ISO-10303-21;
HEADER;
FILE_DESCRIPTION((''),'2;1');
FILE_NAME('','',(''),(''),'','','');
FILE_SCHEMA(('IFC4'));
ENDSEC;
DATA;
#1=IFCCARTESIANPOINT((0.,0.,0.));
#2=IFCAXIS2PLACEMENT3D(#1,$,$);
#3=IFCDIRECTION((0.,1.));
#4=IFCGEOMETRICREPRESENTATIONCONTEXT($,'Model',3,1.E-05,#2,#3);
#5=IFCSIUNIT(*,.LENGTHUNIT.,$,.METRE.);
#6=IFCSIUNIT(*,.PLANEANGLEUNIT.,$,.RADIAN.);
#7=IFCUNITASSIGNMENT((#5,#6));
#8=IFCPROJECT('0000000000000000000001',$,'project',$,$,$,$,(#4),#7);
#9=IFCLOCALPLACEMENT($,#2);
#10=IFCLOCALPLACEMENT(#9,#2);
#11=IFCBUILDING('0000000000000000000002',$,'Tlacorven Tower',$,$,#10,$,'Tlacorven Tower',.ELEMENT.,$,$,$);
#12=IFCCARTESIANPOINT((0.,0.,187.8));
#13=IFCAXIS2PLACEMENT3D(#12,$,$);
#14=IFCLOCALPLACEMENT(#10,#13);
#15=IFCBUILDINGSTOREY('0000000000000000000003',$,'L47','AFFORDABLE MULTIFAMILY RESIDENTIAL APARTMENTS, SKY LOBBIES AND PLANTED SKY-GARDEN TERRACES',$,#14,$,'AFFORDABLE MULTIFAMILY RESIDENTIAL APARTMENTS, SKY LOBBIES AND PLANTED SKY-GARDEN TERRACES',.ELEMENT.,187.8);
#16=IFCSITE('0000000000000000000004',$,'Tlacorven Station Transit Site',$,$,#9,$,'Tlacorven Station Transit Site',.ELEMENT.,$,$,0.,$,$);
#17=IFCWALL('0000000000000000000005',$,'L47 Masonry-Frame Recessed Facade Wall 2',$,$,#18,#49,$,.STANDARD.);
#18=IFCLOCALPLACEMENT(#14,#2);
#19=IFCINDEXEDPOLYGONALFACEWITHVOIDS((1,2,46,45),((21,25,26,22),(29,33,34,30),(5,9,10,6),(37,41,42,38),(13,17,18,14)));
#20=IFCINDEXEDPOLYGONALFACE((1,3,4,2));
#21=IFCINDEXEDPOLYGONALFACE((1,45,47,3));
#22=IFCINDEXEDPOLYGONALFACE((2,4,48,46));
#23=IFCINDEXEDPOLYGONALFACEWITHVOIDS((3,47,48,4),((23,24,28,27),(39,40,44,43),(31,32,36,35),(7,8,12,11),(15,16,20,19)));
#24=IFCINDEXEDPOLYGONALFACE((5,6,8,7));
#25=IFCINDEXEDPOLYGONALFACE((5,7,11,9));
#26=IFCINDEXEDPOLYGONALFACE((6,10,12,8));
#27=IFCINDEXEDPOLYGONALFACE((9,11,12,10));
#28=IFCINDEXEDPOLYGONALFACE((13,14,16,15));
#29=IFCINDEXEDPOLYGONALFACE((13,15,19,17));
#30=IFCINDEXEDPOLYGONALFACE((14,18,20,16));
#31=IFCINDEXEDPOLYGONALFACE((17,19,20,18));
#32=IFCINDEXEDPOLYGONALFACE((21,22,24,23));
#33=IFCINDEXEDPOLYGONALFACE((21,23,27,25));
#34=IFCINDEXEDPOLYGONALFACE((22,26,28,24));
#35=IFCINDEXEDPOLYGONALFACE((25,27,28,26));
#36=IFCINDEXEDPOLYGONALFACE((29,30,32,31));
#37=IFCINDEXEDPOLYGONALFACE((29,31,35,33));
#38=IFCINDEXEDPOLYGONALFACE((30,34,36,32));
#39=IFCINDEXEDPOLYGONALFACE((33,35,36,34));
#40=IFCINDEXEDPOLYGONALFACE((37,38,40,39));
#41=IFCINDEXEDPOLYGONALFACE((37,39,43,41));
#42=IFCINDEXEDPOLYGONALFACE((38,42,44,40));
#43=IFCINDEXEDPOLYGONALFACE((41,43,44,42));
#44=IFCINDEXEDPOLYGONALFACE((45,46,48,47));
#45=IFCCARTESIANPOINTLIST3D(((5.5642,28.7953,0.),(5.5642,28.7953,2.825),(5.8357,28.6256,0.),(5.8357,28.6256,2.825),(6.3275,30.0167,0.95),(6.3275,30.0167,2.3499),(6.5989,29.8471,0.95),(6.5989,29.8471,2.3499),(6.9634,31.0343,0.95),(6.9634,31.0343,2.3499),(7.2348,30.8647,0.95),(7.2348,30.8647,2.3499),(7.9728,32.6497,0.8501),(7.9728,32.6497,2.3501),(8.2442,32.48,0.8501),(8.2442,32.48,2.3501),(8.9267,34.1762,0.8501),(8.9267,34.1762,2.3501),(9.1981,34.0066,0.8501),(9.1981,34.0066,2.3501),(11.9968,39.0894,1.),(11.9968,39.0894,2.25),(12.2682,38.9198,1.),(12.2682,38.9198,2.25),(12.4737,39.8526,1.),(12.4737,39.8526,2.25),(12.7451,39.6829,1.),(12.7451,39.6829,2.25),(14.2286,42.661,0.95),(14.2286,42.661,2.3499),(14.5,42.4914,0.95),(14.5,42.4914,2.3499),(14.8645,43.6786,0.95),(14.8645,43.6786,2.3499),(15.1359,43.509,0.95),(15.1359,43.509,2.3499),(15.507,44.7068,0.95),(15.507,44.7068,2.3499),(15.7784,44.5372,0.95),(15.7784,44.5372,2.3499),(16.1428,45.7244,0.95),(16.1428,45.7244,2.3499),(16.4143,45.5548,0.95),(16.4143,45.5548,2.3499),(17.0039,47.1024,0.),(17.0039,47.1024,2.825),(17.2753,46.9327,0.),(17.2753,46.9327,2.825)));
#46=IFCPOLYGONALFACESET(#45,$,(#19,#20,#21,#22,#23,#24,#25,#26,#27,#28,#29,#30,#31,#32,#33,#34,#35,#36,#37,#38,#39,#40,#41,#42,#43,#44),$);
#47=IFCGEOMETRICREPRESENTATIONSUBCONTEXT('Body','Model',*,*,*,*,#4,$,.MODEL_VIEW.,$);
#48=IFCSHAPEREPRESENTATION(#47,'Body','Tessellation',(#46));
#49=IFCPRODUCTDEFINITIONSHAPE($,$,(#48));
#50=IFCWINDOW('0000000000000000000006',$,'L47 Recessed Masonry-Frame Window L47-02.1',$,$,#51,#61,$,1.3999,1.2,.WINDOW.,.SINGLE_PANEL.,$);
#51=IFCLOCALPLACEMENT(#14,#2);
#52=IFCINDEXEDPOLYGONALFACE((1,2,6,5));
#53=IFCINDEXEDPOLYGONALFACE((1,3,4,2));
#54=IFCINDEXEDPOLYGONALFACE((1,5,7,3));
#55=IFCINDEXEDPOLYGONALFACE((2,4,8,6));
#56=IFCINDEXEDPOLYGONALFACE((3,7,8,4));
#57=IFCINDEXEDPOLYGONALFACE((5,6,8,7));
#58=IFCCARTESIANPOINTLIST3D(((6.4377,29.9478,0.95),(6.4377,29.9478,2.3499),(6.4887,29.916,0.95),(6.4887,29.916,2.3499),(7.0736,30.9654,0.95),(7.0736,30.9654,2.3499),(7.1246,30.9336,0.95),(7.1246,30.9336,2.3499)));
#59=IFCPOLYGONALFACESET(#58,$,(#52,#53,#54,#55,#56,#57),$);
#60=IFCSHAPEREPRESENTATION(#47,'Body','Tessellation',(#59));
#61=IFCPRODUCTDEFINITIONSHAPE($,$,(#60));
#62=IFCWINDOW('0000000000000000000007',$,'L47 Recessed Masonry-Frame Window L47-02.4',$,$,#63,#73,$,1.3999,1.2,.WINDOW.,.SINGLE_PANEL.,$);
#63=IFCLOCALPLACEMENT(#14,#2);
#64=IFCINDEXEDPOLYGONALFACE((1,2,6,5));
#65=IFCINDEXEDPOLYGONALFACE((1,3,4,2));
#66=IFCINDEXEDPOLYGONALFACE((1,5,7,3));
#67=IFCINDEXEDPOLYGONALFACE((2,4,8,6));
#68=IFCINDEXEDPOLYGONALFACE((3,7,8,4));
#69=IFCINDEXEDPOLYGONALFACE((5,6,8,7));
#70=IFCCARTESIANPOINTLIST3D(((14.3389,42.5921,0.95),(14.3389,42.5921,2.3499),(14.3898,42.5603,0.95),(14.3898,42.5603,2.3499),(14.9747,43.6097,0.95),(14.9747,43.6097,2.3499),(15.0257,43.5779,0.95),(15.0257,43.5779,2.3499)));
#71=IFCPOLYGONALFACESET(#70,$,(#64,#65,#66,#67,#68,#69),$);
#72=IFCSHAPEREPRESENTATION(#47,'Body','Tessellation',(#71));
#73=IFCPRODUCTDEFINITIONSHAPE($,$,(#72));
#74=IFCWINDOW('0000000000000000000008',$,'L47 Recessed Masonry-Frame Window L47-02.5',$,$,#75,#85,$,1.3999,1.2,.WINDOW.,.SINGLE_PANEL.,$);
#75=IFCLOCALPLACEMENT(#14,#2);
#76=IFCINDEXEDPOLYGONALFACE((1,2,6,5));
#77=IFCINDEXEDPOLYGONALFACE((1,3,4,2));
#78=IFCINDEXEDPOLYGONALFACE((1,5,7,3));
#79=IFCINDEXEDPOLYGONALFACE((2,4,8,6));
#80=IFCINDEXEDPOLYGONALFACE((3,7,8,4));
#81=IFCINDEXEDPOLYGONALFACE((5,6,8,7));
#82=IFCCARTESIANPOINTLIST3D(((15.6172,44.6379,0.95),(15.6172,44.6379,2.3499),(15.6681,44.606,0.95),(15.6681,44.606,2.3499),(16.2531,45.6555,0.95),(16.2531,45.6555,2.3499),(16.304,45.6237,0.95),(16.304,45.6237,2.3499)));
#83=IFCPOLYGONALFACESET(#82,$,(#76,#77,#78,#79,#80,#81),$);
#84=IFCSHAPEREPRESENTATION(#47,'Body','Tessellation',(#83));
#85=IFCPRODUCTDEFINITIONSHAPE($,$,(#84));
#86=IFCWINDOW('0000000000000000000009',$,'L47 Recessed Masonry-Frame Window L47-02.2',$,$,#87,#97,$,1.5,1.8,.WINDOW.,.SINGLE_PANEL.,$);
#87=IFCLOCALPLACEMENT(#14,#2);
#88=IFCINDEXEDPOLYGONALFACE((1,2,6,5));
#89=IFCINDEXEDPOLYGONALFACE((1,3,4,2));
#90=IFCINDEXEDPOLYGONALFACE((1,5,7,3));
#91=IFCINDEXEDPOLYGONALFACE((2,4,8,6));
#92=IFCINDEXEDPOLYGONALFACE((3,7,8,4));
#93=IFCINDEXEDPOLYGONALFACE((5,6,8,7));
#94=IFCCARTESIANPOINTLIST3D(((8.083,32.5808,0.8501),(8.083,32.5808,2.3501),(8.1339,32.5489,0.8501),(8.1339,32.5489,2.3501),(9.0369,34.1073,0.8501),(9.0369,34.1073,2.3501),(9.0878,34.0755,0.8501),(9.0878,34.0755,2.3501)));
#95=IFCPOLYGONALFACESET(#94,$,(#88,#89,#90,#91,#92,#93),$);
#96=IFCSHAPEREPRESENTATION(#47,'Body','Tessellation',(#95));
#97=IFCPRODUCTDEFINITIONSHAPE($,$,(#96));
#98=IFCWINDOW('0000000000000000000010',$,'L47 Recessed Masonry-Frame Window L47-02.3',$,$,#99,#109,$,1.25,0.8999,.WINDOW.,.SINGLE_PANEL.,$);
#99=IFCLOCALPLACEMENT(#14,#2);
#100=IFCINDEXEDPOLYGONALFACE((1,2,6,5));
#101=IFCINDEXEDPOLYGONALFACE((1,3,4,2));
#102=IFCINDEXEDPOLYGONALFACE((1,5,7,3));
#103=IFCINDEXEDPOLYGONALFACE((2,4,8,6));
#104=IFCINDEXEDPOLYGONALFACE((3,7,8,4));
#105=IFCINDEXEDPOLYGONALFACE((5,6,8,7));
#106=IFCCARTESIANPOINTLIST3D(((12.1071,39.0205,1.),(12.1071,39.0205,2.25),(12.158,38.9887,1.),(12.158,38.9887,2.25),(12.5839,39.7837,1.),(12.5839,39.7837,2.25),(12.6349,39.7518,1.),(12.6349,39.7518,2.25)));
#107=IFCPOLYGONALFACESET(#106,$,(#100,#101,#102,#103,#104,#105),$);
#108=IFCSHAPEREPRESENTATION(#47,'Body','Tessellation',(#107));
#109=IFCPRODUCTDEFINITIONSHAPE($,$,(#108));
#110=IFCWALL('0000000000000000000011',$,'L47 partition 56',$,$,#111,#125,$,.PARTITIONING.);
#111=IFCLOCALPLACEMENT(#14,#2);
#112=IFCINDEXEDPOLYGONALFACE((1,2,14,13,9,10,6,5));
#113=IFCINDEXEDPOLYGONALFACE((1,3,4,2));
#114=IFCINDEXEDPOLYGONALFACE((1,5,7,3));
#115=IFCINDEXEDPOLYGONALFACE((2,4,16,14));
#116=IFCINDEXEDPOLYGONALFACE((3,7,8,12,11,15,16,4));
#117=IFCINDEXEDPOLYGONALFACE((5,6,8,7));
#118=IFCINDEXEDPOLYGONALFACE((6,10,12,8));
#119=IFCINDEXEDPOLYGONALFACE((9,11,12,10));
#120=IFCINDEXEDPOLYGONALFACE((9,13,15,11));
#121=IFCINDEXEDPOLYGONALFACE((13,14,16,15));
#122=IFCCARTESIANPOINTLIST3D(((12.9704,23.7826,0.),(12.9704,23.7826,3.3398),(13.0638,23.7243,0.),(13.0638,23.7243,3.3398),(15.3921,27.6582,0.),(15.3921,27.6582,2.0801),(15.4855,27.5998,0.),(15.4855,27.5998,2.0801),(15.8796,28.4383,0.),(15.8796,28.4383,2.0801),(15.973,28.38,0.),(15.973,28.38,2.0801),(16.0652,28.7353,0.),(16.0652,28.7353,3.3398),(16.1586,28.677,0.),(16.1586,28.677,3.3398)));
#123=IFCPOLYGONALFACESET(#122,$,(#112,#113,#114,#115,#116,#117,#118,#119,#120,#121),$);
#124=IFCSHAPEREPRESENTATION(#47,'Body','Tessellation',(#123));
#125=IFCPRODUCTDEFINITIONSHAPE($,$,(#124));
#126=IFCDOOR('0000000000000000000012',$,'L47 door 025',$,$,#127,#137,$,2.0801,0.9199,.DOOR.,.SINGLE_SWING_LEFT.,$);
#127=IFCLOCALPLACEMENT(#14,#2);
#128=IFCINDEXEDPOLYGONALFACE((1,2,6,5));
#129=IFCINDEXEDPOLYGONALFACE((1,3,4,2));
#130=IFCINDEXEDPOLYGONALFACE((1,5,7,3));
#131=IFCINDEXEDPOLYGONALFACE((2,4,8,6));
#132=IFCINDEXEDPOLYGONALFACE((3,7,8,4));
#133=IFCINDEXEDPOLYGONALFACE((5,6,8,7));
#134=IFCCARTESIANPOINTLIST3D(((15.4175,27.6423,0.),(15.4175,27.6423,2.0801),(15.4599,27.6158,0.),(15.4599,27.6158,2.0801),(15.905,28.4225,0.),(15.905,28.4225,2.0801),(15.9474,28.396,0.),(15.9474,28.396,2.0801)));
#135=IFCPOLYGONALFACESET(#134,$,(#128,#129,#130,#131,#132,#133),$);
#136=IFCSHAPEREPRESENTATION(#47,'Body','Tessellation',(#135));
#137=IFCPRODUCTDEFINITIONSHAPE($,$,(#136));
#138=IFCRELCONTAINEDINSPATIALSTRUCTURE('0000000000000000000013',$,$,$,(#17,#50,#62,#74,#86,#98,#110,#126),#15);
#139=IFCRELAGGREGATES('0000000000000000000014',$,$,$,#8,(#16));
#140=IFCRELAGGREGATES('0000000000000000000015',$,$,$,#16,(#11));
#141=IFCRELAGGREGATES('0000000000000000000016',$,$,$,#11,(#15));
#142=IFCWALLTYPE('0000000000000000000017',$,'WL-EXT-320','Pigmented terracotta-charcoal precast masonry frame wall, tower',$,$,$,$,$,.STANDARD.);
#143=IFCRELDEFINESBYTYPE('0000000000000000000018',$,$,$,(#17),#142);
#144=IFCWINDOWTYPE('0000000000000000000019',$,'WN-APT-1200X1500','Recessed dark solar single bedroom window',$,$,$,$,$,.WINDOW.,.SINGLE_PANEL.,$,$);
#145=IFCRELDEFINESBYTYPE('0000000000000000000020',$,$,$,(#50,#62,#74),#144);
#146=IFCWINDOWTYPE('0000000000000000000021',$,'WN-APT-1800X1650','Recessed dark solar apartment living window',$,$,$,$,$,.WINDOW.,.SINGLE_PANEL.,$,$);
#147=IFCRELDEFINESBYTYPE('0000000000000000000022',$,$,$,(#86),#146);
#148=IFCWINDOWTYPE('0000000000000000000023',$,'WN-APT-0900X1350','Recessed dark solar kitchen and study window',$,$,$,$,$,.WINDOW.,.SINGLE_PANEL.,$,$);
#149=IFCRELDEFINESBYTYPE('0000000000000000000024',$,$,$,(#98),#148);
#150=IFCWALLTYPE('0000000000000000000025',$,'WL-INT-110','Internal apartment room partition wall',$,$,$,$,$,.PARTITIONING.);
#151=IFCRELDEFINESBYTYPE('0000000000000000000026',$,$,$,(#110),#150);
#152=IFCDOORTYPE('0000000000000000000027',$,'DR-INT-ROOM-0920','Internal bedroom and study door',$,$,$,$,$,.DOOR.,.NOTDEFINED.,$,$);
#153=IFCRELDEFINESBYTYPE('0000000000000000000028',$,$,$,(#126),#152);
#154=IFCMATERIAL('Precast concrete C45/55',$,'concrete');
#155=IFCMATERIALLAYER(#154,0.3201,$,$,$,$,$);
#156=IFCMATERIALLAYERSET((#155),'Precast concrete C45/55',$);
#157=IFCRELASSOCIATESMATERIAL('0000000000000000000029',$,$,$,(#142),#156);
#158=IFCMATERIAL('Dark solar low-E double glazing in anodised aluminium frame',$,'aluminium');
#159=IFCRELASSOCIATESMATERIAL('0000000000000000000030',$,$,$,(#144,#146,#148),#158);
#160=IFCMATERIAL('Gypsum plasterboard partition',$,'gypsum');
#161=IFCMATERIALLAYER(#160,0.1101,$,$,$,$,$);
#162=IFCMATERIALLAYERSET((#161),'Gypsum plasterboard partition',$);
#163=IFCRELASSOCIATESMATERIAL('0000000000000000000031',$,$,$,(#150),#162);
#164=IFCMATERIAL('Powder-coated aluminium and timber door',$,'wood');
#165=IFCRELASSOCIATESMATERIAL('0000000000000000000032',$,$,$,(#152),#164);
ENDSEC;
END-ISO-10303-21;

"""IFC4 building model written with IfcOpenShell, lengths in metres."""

from ifc_helpers import new_model, si_unit, direction, frame, frame_2d, origin, place, context, subcontext, project, spatial, rectangle, extrude, source, transform, mapped, material, layer, layer_set, type_object, element, fill, save


model = new_model("IFC4")

# Units and contexts
model_context = context("Model", 3, precision=1e-05, world=origin(), true_north=direction((0.0, 1.0)))
body_context = subcontext(model_context, "Body", "Model", "MODEL_VIEW")
ifc_project = project(units=[si_unit("LENGTHUNIT", "METRE"), si_unit("PLANEANGLEUNIT", "RADIAN")], contexts=[model_context])

# Site, building, storey
site_placement = place(None, origin())
site = spatial("IfcSite", under=ifc_project, at=site_placement, Name="Tlacorven Station Transit Site", LongName="Tlacorven Station Transit Site", CompositionType="ELEMENT", RefElevation=0.0)
building_placement = place(site_placement, origin())
building = spatial("IfcBuilding", under=site, at=building_placement, Name="Tlacorven Tower", LongName="Tlacorven Tower", CompositionType="ELEMENT")
storey_placement = place(building_placement, frame((0.0, 0.0, 187.8)))
storey = spatial("IfcBuildingStorey", under=building, at=storey_placement, Name="L47", Description="AFFORDABLE MULTIFAMILY RESIDENTIAL APARTMENTS, SKY LOBBIES AND PLANTED SKY-GARDEN TERRACES", LongName="AFFORDABLE MULTIFAMILY RESIDENTIAL APARTMENTS, SKY LOBBIES AND PLANTED SKY-GARDEN TERRACES", CompositionType="ELEMENT", Elevation=187.8)

# Wall, openings, windows
ifc_material_1 = material(Name="Precast concrete C45/55", Category="concrete")
ifc_layer_1 = layer(ifc_material_1, 0.3201)
ifc_layer_set_1 = layer_set([ifc_layer_1], Name="Precast concrete C45/55")
wall_type_1 = type_object("IfcWallType", Name="WL-EXT-320", Description="Pigmented terracotta-charcoal precast masonry frame wall, tower", PredefinedType="STANDARD", material=ifc_layer_set_1)
wall_1_placement = place(storey_placement, frame((5.7, 28.7104, 0.0), z_axis=(0.0, 0.0, 1.0), x_axis=(0.529924, 0.848045, 0.0)))
wall_1 = element("IfcWall", 1, at=wall_1_placement, inside=storey, type_object=wall_type_1, Name="L47 Masonry-Frame Recessed Facade Wall 2", PredefinedType="STANDARD", context=body_context, shape_type="SweptSolid", body=[
    extrude(rectangle(XDim=21.5874, YDim=0.3201, at=frame_2d((10.7937, 0.0))), origin(), (0.0, 0.0, 1.0), 2.825),
])
opening_1_placement = place(wall_1_placement, frame((1.4402, 0.0, 0.95)))
opening_1 = element("IfcOpeningElement", 2, at=opening_1_placement, cuts=wall_1, PredefinedType="OPENING", context=body_context, shape_type="SweptSolid", body=[
    extrude(rectangle(XDim=1.2, YDim=1.3999, at=frame_2d((0.6001, 0.7))), frame((0.0, 0.1699, 0.0), z_axis=(0.0, -1.0, 0.0), x_axis=(1.0, 0.0, 0.0)), (0.0, 0.0, 1.0), 0.3401),
])
opening_2_placement = place(wall_1_placement, frame((4.5452, 0.0, 0.8501)))
opening_2 = element("IfcOpeningElement", 3, at=opening_2_placement, cuts=wall_1, PredefinedType="OPENING", context=body_context, shape_type="SweptSolid", body=[
    extrude(rectangle(XDim=1.8, YDim=1.5, at=frame_2d((0.8999, 0.75))), frame((0.0, 0.1699, 0.0), z_axis=(0.0, -1.0, 0.0), x_axis=(1.0, 0.0, 0.0)), (0.0, 0.0, 1.0), 0.3401),
])
opening_3_placement = place(wall_1_placement, frame((12.1387, 0.0, 1.0)))
opening_3 = element("IfcOpeningElement", 4, at=opening_3_placement, cuts=wall_1, PredefinedType="OPENING", context=body_context, shape_type="SweptSolid", body=[
    extrude(rectangle(XDim=0.8999, YDim=1.25, at=frame_2d((0.45, 0.625))), frame((0.0, 0.1699, 0.0), z_axis=(0.0, -1.0, 0.0), x_axis=(1.0, 0.0, 0.0)), (0.0, 0.0, 1.0), 0.3401),
])
opening_4_placement = place(wall_1_placement, frame((16.3501, 0.0, 0.95)))
opening_4 = element("IfcOpeningElement", 5, at=opening_4_placement, cuts=wall_1, PredefinedType="OPENING", context=body_context, shape_type="SweptSolid", body=[
    extrude(rectangle(XDim=1.2, YDim=1.3999, at=frame_2d((0.6001, 0.7))), frame((0.0, 0.1699, 0.0), z_axis=(0.0, -1.0, 0.0), x_axis=(1.0, 0.0, 0.0)), (0.0, 0.0, 1.0), 0.3401),
])
opening_5_placement = place(wall_1_placement, frame((18.7625, 0.0, 0.95)))
opening_5 = element("IfcOpeningElement", 6, at=opening_5_placement, cuts=wall_1, PredefinedType="OPENING", context=body_context, shape_type="SweptSolid", body=[
    extrude(rectangle(XDim=1.2, YDim=1.3999, at=frame_2d((0.6001, 0.7))), frame((0.0, 0.1699, 0.0), z_axis=(0.0, -1.0, 0.0), x_axis=(1.0, 0.0, 0.0)), (0.0, 0.0, 1.0), 0.3401),
])
ifc_material_2 = material(Name="Dark solar low-E double glazing in anodised aluminium frame", Category="aluminium")
window_type_1 = type_object("IfcWindowType", Name="WN-APT-1200X1500", Description="Recessed dark solar single bedroom window", PartitioningType="SINGLE_PANEL", PredefinedType="WINDOW", material=ifc_material_2)
shared_shape_1 = source(origin(), body_context, "Body", "SweptSolid", [
    extrude(rectangle(XDim=1.2, YDim=1.3999, at=frame_2d((0.6001, 0.7))), frame((0.0, 0.03, 0.0), z_axis=(0.0, -1.0, 0.0), x_axis=(1.0, 0.0, 0.0)), (0.0, 0.0, 1.0), 0.0601),
])
window_1_placement = place(opening_1_placement, origin())
window_1 = element("IfcWindow", 7, at=window_1_placement, inside=storey, type_object=window_type_1, Name="L47 Recessed Masonry-Frame Window L47-02.1", OverallHeight=1.3999, OverallWidth=1.2, PartitioningType="SINGLE_PANEL", PredefinedType="WINDOW", context=body_context, shape_type="MappedRepresentation", body=[
    mapped(shared_shape_1, transform((0.0, 0.0, 0.0), scale=1.0)),
])
fill(opening_1, window_1)
window_2_placement = place(opening_4_placement, origin())
window_2 = element("IfcWindow", 8, at=window_2_placement, inside=storey, type_object=window_type_1, Name="L47 Recessed Masonry-Frame Window L47-02.4", OverallHeight=1.3999, OverallWidth=1.2, PartitioningType="SINGLE_PANEL", PredefinedType="WINDOW", context=body_context, shape_type="MappedRepresentation", body=[
    mapped(shared_shape_1, transform((0.0, 0.0, 0.0), scale=1.0)),
])
fill(opening_4, window_2)
window_3_placement = place(opening_5_placement, origin())
window_3 = element("IfcWindow", 9, at=window_3_placement, inside=storey, type_object=window_type_1, Name="L47 Recessed Masonry-Frame Window L47-02.5", OverallHeight=1.3999, OverallWidth=1.2, PartitioningType="SINGLE_PANEL", PredefinedType="WINDOW", context=body_context, shape_type="MappedRepresentation", body=[
    mapped(shared_shape_1, transform((0.0, 0.0, 0.0), scale=1.0)),
])
fill(opening_5, window_3)
window_type_2 = type_object("IfcWindowType", Name="WN-APT-1800X1650", Description="Recessed dark solar apartment living window", PartitioningType="SINGLE_PANEL", PredefinedType="WINDOW", material=ifc_material_2)
shared_shape_2 = source(origin(), body_context, "Body", "SweptSolid", [
    extrude(rectangle(XDim=1.8, YDim=1.5, at=frame_2d((0.8999, 0.75))), frame((0.0, 0.03, 0.0), z_axis=(0.0, -1.0, 0.0), x_axis=(1.0, 0.0, 0.0)), (0.0, 0.0, 1.0), 0.0601),
])
window_4_placement = place(opening_2_placement, origin())
window_4 = element("IfcWindow", 10, at=window_4_placement, inside=storey, type_object=window_type_2, Name="L47 Recessed Masonry-Frame Window L47-02.2", OverallHeight=1.5, OverallWidth=1.8, PartitioningType="SINGLE_PANEL", PredefinedType="WINDOW", context=body_context, shape_type="MappedRepresentation", body=[
    mapped(shared_shape_2, transform((0.0, 0.0, 0.0), scale=1.0)),
])
fill(opening_2, window_4)
window_type_3 = type_object("IfcWindowType", Name="WN-APT-0900X1350", Description="Recessed dark solar kitchen and study window", PartitioningType="SINGLE_PANEL", PredefinedType="WINDOW", material=ifc_material_2)
shared_shape_3 = source(origin(), body_context, "Body", "SweptSolid", [
    extrude(rectangle(XDim=0.8999, YDim=1.25, at=frame_2d((0.45, 0.625))), frame((0.0, 0.03, 0.0), z_axis=(0.0, -1.0, 0.0), x_axis=(1.0, 0.0, 0.0)), (0.0, 0.0, 1.0), 0.0601),
])
window_5_placement = place(opening_3_placement, origin())
window_5 = element("IfcWindow", 11, at=window_5_placement, inside=storey, type_object=window_type_3, Name="L47 Recessed Masonry-Frame Window L47-02.3", OverallHeight=1.25, OverallWidth=0.8999, PartitioningType="SINGLE_PANEL", PredefinedType="WINDOW", context=body_context, shape_type="MappedRepresentation", body=[
    mapped(shared_shape_3, transform((0.0, 0.0, 0.0), scale=1.0)),
])
fill(opening_3, window_5)

# Wall, opening, door
ifc_material_3 = material(Name="Gypsum plasterboard partition", Category="gypsum")
ifc_layer_2 = layer(ifc_material_3, 0.1101)
ifc_layer_set_2 = layer_set([ifc_layer_2], Name="Gypsum plasterboard partition")
wall_type_2 = type_object("IfcWallType", Name="WL-INT-110", Description="Internal apartment room partition wall", PredefinedType="PARTITIONING", material=ifc_layer_set_2)
wall_2_placement = place(storey_placement, frame((16.1118, 28.7061, 0.0), z_axis=(0.0, 0.0, 1.0), x_axis=(-0.529916, -0.84805, 0.0)))
wall_2 = element("IfcWall", 12, at=wall_2_placement, inside=storey, type_object=wall_type_2, Name="L47 partition 56", PredefinedType="PARTITIONING", context=body_context, shape_type="SweptSolid", body=[
    extrude(rectangle(XDim=5.8401, YDim=0.1101, at=frame_2d((2.9199, 0.0))), origin(), (0.0, 0.0, 1.0), 3.3398),
])
opening_6_placement = place(wall_2_placement, frame((0.3501, 0.0, 0.0)))
opening_6 = element("IfcOpeningElement", 13, at=opening_6_placement, cuts=wall_2, PredefinedType="OPENING", context=body_context, shape_type="SweptSolid", body=[
    extrude(rectangle(XDim=0.9199, YDim=2.0801, at=frame_2d((0.46, 1.04))), frame((0.0, 0.0649, 0.0), z_axis=(0.0, -1.0, 0.0), x_axis=(1.0, 0.0, 0.0)), (0.0, 0.0, 1.0), 0.1301),
])
ifc_material_4 = material(Name="Powder-coated aluminium and timber door", Category="wood")
door_type_1 = type_object("IfcDoorType", Name="DR-INT-ROOM-0920", Description="Internal bedroom and study door", OperationType="NOTDEFINED", PredefinedType="DOOR", material=ifc_material_4)
shared_shape_4 = source(origin(), body_context, "Body", "SweptSolid", [
    extrude(rectangle(XDim=0.9199, YDim=2.0801, at=frame_2d((0.46, 1.04))), frame((0.0, 0.0249, 0.0), z_axis=(0.0, -1.0, 0.0), x_axis=(1.0, 0.0, 0.0)), (0.0, 0.0, 1.0), 0.05),
])
door_1_placement = place(opening_6_placement, origin())
door_1 = element("IfcDoor", 14, at=door_1_placement, inside=storey, type_object=door_type_1, Name="L47 door 025", OperationType="SINGLE_SWING_LEFT", OverallHeight=2.0801, OverallWidth=0.9199, PredefinedType="DOOR", context=body_context, shape_type="MappedRepresentation", body=[
    mapped(shared_shape_4, transform((0.0, 0.0, 0.0), scale=1.0)),
])
fill(opening_6, door_1)

save(model, "model.ifc")
